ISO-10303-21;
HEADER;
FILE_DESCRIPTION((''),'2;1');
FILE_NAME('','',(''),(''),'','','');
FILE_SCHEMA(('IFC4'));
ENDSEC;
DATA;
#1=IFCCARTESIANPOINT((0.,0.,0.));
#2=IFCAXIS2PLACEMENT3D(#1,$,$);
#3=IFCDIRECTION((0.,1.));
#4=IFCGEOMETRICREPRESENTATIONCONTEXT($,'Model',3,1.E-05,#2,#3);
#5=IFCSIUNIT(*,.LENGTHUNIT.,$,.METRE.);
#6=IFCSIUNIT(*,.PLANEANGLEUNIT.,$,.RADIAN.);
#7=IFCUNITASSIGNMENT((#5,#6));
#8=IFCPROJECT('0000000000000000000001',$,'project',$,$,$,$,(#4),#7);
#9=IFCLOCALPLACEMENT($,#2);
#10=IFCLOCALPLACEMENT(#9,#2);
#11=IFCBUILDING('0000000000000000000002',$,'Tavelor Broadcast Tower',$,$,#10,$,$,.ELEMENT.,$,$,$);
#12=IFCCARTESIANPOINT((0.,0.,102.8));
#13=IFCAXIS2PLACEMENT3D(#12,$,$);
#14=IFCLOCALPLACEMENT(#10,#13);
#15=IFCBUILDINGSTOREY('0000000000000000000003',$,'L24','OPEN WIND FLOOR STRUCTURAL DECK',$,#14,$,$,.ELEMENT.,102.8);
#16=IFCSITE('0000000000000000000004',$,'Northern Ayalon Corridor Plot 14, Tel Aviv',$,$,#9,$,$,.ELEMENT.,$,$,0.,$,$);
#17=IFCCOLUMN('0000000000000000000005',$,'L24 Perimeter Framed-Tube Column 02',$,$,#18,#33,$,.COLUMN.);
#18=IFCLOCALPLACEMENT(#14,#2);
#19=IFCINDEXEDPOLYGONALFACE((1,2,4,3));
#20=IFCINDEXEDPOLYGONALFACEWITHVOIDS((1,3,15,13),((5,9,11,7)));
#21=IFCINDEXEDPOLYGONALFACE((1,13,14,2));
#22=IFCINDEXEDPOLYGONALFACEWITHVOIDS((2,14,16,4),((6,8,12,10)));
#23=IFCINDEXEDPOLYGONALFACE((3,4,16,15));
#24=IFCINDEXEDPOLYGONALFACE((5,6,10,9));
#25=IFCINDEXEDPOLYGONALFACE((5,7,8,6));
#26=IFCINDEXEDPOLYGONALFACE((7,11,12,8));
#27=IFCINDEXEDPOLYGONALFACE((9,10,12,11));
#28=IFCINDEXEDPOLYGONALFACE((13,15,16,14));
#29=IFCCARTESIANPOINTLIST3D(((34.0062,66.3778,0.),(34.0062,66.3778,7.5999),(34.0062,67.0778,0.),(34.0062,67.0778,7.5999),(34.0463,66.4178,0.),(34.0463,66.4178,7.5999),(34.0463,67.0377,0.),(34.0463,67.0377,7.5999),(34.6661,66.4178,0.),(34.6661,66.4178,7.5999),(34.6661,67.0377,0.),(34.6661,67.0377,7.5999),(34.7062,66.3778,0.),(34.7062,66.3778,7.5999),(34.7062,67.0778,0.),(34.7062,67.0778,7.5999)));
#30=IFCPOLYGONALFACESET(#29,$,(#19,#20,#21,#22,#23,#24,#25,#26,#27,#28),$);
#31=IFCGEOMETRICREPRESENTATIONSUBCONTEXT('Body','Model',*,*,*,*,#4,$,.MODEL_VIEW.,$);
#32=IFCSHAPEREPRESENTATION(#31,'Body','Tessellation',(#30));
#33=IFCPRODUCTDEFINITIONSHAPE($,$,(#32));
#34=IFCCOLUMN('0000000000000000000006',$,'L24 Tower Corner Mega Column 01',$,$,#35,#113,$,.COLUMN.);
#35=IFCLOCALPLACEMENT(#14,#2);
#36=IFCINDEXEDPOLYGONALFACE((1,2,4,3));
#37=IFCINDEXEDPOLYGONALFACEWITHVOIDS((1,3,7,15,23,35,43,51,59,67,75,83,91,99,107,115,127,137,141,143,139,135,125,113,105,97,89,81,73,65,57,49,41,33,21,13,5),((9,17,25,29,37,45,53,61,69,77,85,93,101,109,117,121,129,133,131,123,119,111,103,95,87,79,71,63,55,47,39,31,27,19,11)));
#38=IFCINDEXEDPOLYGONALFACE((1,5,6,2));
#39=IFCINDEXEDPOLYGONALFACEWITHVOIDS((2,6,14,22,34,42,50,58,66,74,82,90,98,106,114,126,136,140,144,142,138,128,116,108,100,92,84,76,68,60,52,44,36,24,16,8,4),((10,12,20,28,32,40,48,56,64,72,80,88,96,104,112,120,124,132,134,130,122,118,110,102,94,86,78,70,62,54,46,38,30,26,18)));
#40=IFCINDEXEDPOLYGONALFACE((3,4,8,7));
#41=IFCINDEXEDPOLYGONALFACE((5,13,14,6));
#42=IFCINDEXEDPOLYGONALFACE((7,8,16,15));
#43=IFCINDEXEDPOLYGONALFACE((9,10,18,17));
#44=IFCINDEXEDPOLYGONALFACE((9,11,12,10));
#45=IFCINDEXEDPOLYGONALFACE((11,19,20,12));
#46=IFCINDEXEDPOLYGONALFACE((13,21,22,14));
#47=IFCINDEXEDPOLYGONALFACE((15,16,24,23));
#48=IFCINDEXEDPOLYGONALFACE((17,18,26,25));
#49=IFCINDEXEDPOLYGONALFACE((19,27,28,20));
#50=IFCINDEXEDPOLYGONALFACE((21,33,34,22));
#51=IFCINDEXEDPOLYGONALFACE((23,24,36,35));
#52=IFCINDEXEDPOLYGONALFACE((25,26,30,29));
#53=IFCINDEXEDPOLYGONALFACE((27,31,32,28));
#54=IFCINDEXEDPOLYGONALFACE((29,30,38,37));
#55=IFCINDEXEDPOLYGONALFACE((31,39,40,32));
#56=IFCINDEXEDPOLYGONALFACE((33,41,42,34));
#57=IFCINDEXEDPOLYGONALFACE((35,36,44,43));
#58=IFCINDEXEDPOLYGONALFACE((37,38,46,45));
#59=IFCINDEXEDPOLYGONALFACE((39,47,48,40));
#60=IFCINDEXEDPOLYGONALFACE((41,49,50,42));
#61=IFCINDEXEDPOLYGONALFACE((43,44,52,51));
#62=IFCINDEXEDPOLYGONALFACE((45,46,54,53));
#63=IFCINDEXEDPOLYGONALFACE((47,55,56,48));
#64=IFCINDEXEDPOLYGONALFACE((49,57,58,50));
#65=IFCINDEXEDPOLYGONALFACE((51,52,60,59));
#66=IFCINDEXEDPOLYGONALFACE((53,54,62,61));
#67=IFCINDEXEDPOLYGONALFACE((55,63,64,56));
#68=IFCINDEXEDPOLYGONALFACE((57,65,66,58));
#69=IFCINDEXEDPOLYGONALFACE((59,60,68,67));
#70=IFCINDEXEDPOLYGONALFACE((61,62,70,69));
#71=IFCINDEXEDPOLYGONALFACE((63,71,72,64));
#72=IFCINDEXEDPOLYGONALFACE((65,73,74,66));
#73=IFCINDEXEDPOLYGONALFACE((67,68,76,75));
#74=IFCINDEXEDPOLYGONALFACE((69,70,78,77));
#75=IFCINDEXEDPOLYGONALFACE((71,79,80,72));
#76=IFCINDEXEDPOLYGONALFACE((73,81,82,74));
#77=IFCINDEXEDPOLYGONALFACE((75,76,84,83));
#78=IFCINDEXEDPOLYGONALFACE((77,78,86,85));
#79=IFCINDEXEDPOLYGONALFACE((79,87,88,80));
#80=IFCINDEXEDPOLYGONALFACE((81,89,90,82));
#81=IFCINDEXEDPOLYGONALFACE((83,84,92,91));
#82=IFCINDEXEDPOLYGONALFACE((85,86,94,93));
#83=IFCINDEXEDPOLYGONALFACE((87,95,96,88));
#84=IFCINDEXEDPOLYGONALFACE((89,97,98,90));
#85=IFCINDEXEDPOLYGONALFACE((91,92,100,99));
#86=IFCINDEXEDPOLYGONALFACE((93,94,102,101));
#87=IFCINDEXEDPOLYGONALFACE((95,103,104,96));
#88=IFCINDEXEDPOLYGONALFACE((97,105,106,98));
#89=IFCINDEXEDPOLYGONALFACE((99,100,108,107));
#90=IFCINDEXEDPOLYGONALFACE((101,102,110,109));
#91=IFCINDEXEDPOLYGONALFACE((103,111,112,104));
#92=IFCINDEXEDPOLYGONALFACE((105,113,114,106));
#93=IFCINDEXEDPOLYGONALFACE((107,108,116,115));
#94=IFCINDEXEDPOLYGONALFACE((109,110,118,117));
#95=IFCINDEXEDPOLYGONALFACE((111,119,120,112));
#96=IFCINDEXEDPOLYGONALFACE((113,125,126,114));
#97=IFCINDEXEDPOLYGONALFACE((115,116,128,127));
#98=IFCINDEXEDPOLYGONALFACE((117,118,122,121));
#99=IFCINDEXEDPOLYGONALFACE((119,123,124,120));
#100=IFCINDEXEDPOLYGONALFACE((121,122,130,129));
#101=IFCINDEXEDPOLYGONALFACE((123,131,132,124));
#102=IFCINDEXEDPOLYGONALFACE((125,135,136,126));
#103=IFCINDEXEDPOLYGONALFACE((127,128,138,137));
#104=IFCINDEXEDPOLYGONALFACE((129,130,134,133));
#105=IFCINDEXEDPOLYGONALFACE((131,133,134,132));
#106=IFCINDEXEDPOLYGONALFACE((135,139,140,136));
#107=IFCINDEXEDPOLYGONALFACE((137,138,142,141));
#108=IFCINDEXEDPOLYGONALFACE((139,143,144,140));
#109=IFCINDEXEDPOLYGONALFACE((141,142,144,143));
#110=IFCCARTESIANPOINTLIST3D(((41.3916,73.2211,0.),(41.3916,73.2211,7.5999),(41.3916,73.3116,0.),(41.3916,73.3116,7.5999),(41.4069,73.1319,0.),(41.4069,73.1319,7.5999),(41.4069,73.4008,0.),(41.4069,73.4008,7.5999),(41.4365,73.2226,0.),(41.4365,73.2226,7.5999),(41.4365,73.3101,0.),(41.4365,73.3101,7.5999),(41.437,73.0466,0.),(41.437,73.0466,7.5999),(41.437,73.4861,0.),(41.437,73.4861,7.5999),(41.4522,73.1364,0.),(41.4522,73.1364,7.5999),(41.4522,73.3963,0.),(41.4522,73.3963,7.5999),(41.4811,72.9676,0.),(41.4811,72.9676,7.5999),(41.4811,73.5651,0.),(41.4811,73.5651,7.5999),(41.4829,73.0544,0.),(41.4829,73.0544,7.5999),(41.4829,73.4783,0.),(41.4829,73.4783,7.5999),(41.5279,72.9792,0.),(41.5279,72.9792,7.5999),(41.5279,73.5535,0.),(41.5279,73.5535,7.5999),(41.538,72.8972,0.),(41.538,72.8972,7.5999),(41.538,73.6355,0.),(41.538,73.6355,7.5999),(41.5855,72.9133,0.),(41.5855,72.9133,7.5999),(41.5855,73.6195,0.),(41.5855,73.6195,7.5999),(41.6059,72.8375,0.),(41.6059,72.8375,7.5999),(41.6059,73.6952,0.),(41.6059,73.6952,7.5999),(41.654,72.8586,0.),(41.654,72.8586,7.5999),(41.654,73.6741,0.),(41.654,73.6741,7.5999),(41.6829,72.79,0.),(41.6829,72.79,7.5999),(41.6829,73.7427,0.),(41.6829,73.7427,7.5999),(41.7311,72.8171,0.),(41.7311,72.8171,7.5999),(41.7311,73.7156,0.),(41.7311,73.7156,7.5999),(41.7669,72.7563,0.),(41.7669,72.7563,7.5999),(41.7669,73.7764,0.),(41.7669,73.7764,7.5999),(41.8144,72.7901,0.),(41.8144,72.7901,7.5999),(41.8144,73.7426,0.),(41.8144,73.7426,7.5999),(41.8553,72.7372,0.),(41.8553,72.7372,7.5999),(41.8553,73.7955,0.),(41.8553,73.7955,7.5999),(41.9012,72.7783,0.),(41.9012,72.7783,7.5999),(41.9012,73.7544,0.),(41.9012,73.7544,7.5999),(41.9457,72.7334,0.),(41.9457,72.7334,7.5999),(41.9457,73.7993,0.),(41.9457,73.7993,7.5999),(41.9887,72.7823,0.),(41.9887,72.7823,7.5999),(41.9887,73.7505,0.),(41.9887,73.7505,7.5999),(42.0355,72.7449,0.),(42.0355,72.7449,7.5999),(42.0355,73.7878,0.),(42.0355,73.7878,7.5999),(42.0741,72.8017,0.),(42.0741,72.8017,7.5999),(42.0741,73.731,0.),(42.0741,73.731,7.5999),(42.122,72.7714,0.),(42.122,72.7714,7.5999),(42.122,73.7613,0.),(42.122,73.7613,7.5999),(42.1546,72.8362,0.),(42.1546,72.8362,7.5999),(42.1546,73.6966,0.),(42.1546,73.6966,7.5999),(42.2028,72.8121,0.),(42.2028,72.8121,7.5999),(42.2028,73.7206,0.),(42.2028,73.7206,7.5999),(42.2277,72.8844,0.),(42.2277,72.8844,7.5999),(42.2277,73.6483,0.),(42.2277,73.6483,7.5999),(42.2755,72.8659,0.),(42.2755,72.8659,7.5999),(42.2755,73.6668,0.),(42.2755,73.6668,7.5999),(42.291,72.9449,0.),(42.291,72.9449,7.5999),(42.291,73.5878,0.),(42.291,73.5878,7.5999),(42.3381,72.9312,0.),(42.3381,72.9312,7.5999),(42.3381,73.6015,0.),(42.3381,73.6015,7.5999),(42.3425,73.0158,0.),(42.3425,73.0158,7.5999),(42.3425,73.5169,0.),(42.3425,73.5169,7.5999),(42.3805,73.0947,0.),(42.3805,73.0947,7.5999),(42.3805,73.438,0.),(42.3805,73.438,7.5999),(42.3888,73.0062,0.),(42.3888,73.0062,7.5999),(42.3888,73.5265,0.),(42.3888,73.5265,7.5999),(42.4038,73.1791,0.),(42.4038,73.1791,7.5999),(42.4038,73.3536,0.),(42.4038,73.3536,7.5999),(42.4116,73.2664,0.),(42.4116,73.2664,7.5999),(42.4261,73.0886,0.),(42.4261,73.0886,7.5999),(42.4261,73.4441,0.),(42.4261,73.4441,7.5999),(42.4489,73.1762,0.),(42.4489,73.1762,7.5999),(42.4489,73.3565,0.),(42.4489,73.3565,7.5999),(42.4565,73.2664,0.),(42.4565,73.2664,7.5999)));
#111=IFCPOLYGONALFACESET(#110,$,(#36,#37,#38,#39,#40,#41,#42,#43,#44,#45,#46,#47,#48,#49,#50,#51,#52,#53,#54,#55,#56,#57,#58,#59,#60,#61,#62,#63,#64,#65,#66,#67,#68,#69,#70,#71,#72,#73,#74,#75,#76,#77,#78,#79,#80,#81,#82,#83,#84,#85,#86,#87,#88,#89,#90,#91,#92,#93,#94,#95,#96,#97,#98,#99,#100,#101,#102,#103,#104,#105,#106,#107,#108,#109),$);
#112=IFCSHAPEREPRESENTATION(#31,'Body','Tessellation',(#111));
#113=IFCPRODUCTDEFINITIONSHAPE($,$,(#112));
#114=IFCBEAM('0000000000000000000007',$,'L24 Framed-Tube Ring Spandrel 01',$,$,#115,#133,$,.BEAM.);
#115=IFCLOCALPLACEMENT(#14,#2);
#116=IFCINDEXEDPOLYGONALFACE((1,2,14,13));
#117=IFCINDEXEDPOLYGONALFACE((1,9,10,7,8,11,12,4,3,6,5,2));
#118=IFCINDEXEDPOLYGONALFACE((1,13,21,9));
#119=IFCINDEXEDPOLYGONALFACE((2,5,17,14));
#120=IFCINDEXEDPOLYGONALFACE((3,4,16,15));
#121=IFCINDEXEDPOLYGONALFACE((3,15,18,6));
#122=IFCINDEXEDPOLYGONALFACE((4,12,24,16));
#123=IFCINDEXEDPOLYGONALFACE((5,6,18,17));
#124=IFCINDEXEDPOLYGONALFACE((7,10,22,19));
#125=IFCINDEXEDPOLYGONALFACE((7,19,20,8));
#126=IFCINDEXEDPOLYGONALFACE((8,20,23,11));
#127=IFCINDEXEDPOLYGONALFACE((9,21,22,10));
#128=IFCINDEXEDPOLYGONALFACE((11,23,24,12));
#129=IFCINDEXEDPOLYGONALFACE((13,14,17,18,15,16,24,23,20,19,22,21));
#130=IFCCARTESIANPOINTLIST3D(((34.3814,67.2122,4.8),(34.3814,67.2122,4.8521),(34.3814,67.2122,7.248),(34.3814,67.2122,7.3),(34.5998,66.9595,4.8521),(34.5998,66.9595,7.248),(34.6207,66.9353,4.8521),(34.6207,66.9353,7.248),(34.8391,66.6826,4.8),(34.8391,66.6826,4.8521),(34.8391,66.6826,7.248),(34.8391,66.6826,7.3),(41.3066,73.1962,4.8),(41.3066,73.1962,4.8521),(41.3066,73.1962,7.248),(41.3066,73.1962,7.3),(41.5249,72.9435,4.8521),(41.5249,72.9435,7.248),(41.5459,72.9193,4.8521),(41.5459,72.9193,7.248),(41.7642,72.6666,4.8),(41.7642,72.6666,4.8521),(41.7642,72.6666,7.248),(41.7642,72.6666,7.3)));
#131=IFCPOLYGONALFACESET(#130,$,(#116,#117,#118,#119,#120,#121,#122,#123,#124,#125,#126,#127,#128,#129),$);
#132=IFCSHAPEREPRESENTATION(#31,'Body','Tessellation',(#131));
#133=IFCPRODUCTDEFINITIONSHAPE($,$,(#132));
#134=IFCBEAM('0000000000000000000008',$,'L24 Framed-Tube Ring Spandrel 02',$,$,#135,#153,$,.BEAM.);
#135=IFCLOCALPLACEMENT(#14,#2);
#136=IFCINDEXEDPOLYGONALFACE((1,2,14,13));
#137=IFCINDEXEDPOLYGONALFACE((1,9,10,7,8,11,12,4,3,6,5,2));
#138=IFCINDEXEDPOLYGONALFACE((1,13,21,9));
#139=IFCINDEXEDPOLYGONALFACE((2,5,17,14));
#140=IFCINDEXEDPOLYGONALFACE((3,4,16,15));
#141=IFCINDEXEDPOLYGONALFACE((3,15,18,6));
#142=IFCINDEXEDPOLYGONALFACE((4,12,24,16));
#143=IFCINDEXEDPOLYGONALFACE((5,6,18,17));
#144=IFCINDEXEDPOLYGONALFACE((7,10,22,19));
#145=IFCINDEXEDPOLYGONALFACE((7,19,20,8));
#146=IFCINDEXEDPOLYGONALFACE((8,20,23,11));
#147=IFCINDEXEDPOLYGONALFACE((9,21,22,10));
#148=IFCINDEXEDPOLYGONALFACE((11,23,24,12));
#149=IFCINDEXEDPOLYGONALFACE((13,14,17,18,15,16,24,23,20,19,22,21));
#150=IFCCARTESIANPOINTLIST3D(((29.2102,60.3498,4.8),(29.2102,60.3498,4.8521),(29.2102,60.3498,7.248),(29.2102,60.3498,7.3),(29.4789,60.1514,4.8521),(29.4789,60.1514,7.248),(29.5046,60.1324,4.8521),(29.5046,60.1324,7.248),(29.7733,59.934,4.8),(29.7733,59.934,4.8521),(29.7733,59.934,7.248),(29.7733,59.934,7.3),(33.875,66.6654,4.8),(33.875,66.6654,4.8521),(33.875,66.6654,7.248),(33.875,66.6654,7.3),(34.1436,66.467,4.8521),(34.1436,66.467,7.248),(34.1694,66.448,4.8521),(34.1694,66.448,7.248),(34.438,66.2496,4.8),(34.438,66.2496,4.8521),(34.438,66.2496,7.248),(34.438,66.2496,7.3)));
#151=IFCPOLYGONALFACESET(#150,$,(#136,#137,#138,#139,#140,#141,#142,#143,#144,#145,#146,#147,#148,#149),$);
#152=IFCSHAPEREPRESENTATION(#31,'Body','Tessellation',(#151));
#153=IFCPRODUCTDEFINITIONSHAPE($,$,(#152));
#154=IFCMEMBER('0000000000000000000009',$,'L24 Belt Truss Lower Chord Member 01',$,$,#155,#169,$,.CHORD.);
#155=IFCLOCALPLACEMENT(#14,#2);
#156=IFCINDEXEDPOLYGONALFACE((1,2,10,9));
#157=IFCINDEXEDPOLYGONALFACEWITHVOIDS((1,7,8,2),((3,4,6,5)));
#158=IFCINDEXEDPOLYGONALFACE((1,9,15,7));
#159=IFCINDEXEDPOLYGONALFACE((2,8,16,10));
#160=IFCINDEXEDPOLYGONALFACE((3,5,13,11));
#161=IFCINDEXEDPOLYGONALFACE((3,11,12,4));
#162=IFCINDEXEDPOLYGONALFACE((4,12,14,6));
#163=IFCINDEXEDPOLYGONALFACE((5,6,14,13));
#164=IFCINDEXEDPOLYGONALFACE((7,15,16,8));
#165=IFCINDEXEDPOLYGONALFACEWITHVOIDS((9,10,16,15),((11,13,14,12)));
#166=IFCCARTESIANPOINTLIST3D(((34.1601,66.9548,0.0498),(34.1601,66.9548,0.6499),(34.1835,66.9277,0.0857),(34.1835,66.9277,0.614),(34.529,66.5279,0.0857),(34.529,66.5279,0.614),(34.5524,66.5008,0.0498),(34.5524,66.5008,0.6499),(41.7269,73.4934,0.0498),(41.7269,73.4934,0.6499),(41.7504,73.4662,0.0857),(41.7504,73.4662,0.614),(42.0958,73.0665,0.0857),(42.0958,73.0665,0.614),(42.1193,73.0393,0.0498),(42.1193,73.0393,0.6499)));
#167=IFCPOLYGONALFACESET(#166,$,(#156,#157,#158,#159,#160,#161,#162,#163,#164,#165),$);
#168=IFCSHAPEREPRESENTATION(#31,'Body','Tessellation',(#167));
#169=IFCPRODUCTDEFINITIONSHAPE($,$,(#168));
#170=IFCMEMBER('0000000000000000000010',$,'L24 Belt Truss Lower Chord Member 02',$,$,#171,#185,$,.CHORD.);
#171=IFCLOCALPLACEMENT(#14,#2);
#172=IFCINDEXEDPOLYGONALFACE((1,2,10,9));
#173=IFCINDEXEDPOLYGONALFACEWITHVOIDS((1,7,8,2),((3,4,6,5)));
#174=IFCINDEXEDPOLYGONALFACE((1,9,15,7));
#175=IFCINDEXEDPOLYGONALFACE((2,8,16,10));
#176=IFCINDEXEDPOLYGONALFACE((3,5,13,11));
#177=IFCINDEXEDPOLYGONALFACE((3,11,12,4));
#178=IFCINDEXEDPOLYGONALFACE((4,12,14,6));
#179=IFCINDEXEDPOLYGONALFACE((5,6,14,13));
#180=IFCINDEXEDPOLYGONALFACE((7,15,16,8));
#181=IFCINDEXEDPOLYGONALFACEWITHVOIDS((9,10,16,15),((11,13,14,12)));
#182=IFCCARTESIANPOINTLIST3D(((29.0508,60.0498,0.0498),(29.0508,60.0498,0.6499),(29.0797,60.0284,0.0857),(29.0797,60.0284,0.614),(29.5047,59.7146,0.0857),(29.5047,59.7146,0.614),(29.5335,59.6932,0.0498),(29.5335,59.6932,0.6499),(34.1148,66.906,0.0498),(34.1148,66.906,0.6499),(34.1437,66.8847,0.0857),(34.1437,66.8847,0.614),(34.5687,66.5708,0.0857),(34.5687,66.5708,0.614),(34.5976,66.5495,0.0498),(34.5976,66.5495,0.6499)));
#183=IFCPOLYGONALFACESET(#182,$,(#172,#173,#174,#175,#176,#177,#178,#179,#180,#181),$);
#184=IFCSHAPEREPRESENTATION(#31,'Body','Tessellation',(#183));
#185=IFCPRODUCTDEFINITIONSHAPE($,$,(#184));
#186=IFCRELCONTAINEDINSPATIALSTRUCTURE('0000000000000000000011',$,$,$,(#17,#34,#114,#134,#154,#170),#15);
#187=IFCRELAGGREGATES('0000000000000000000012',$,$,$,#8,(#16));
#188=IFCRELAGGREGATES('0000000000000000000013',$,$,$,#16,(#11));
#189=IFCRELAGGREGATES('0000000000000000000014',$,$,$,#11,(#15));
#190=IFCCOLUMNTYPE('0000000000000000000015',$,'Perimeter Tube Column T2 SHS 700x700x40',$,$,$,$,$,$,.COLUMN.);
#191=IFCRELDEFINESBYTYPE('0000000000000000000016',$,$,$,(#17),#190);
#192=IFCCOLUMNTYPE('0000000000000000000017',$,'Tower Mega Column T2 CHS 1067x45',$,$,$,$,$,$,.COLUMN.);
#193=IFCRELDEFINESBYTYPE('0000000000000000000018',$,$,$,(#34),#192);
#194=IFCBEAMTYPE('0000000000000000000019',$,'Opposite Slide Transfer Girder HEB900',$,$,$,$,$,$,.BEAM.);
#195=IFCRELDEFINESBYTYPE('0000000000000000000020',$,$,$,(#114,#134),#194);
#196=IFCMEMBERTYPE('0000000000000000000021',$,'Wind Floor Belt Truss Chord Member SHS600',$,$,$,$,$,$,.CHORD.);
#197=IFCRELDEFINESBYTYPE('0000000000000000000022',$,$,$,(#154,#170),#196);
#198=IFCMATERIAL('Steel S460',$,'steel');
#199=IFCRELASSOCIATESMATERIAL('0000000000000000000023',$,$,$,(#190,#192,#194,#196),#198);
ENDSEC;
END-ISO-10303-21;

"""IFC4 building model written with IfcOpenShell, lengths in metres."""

from ifc_helpers import new_model, si_unit, direction, frame, origin, origin_2d, place, context, subcontext, project, spatial, hollow_rectangle, hollow_circle, i_section, extrude, material, material_profile, profile_set, type_object, element, save


model = new_model("IFC4")

# Units and contexts
model_context = context("Model", 3, precision=1e-05, world=origin(), true_north=direction((0.0, 1.0)))
body_context = subcontext(model_context, "Body", "Model", "MODEL_VIEW")
ifc_project = project(units=[si_unit("LENGTHUNIT", "METRE"), si_unit("PLANEANGLEUNIT", "RADIAN")], contexts=[model_context])

# Site, building, storey
site_placement = place(None, origin())
site = spatial("IfcSite", under=ifc_project, at=site_placement, Name="Northern Ayalon Corridor Plot 14, Tel Aviv", CompositionType="ELEMENT", RefElevation=0.0)
building_placement = place(site_placement, origin())
building = spatial("IfcBuilding", under=site, at=building_placement, Name="Tavelor Broadcast Tower", CompositionType="ELEMENT")
storey_placement = place(building_placement, frame((0.0, 0.0, 102.8)))
storey = spatial("IfcBuildingStorey", under=building, at=storey_placement, Name="L24", Description="OPEN WIND FLOOR STRUCTURAL DECK", CompositionType="ELEMENT", Elevation=102.8)

# Columns
ifc_material_1 = material(Name="Steel S460", Category="steel")
ifc_material_profile_1 = material_profile(ifc_material_1, hollow_rectangle(XDim=0.7, YDim=0.7, WallThickness=0.04, at=origin_2d()), Name="SHS 700x700x40")
ifc_profile_set_1 = profile_set([ifc_material_profile_1], Name="Steel S460")
column_type_1 = type_object("IfcColumnType", Name="Perimeter Tube Column T2 SHS 700x700x40", PredefinedType="COLUMN", material=ifc_profile_set_1)
column_1_placement = place(storey_placement, frame((34.3562, 66.7278, 0.0), z_axis=(0.0, 0.0, 1.0), x_axis=(1.0, 0.0, 0.0)))
element("IfcColumn", 1, at=column_1_placement, inside=storey, type_object=column_type_1, Name="L24 Perimeter Framed-Tube Column 02", PredefinedType="COLUMN", context=body_context, shape_type="SweptSolid", body=[
    extrude(hollow_rectangle(XDim=0.7, YDim=0.7, WallThickness=0.04, at=origin_2d()), origin(), (0.0, 0.0, 1.0), 7.5999),
])
ifc_material_profile_2 = material_profile(ifc_material_1, hollow_circle(Radius=0.5334, WallThickness=0.0449, at=origin_2d()), Name="CHS 1067x45")
ifc_profile_set_2 = profile_set([ifc_material_profile_2], Name="Steel S460")
column_type_2 = type_object("IfcColumnType", Name="Tower Mega Column T2 CHS 1067x45", PredefinedType="COLUMN", material=ifc_profile_set_2)
column_2_placement = place(storey_placement, frame((41.9231, 73.2664, 0.0), z_axis=(0.0, 0.0, 1.0), x_axis=(1.0, 0.0, 0.0)))
element("IfcColumn", 2, at=column_2_placement, inside=storey, type_object=column_type_2, Name="L24 Tower Corner Mega Column 01", PredefinedType="COLUMN", context=body_context, shape_type="SweptSolid", body=[
    extrude(hollow_circle(Radius=0.5334, WallThickness=0.0449, at=origin_2d()), origin(), (0.0, 0.0, 1.0), 7.5999),
])

# Beams
ifc_material_profile_3 = material_profile(ifc_material_1, i_section(OverallWidth=0.7, OverallDepth=2.5, WebThickness=0.032, FlangeThickness=0.052, at=origin_2d()), Name="PG 2500x700")
ifc_profile_set_3 = profile_set([ifc_material_profile_3], Name="Steel S460")
beam_type = type_object("IfcBeamType", Name="Opposite Slide Transfer Girder HEB900", PredefinedType="BEAM", material=ifc_profile_set_3)
beam_1_placement = place(storey_placement, frame((41.5354, 72.9314, 6.05), z_axis=(-0.756652, -0.653818, 0.0), x_axis=(0.653818, -0.756652, 0.0)))
element("IfcBeam", 3, at=beam_1_placement, inside=storey, type_object=beam_type, Name="L24 Framed-Tube Ring Spandrel 01", PredefinedType="BEAM", context=body_context, shape_type="SweptSolid", body=[
    extrude(i_section(OverallWidth=0.7, OverallDepth=2.5, WebThickness=0.032, FlangeThickness=0.052, at=origin_2d()), origin(), (0.0, 0.0, 1.0), 9.1523),
])
beam_2_placement = place(storey_placement, frame((34.1565, 66.4575, 6.05), z_axis=(-0.594118, -0.804378, 0.0), x_axis=(0.804378, -0.594118, 0.0)))
element("IfcBeam", 4, at=beam_2_placement, inside=storey, type_object=beam_type, Name="L24 Framed-Tube Ring Spandrel 02", PredefinedType="BEAM", context=body_context, shape_type="SweptSolid", body=[
    extrude(i_section(OverallWidth=0.7, OverallDepth=2.5, WebThickness=0.032, FlangeThickness=0.052, at=origin_2d()), origin(), (0.0, 0.0, 1.0), 7.8516),
])

# Members
ifc_material_profile_4 = material_profile(ifc_material_1, hollow_rectangle(XDim=0.6001, YDim=0.6001, WallThickness=0.0359, at=origin_2d()), Name="SHS 600x600x36")
ifc_profile_set_4 = profile_set([ifc_material_profile_4], Name="Steel S460")
member_type_1 = type_object("IfcMemberType", Name="Wind Floor Belt Truss Chord Member SHS600", PredefinedType="CHORD", material=ifc_profile_set_4)
member_1_placement = place(storey_placement, frame((41.9231, 73.2664, 0.3499), z_axis=(-0.756648, -0.653822, 0.0), x_axis=(0.653822, -0.756648, 0.0)))
element("IfcMember", 5, at=member_1_placement, inside=storey, type_object=member_type_1, Name="L24 Belt Truss Lower Chord Member 01", PredefinedType="CHORD", context=body_context, shape_type="SweptSolid", body=[
    extrude(hollow_rectangle(XDim=0.6001, YDim=0.6001, WallThickness=0.0359, at=origin_2d()), origin(), (0.0, 0.0, 1.0), 10.0005),
])
member_2_placement = place(storey_placement, frame((34.3562, 66.7278, 0.3499), z_axis=(-0.594113, -0.804381, 0.0), x_axis=(0.804381, -0.594113, 0.0)))
element("IfcMember", 6, at=member_2_placement, inside=storey, type_object=member_type_1, Name="L24 Belt Truss Lower Chord Member 02", PredefinedType="CHORD", context=body_context, shape_type="SweptSolid", body=[
    extrude(hollow_rectangle(XDim=0.6001, YDim=0.6001, WallThickness=0.0359, at=origin_2d()), origin(), (0.0, 0.0, 1.0), 8.5237),
])

save(model, "model.ifc")
